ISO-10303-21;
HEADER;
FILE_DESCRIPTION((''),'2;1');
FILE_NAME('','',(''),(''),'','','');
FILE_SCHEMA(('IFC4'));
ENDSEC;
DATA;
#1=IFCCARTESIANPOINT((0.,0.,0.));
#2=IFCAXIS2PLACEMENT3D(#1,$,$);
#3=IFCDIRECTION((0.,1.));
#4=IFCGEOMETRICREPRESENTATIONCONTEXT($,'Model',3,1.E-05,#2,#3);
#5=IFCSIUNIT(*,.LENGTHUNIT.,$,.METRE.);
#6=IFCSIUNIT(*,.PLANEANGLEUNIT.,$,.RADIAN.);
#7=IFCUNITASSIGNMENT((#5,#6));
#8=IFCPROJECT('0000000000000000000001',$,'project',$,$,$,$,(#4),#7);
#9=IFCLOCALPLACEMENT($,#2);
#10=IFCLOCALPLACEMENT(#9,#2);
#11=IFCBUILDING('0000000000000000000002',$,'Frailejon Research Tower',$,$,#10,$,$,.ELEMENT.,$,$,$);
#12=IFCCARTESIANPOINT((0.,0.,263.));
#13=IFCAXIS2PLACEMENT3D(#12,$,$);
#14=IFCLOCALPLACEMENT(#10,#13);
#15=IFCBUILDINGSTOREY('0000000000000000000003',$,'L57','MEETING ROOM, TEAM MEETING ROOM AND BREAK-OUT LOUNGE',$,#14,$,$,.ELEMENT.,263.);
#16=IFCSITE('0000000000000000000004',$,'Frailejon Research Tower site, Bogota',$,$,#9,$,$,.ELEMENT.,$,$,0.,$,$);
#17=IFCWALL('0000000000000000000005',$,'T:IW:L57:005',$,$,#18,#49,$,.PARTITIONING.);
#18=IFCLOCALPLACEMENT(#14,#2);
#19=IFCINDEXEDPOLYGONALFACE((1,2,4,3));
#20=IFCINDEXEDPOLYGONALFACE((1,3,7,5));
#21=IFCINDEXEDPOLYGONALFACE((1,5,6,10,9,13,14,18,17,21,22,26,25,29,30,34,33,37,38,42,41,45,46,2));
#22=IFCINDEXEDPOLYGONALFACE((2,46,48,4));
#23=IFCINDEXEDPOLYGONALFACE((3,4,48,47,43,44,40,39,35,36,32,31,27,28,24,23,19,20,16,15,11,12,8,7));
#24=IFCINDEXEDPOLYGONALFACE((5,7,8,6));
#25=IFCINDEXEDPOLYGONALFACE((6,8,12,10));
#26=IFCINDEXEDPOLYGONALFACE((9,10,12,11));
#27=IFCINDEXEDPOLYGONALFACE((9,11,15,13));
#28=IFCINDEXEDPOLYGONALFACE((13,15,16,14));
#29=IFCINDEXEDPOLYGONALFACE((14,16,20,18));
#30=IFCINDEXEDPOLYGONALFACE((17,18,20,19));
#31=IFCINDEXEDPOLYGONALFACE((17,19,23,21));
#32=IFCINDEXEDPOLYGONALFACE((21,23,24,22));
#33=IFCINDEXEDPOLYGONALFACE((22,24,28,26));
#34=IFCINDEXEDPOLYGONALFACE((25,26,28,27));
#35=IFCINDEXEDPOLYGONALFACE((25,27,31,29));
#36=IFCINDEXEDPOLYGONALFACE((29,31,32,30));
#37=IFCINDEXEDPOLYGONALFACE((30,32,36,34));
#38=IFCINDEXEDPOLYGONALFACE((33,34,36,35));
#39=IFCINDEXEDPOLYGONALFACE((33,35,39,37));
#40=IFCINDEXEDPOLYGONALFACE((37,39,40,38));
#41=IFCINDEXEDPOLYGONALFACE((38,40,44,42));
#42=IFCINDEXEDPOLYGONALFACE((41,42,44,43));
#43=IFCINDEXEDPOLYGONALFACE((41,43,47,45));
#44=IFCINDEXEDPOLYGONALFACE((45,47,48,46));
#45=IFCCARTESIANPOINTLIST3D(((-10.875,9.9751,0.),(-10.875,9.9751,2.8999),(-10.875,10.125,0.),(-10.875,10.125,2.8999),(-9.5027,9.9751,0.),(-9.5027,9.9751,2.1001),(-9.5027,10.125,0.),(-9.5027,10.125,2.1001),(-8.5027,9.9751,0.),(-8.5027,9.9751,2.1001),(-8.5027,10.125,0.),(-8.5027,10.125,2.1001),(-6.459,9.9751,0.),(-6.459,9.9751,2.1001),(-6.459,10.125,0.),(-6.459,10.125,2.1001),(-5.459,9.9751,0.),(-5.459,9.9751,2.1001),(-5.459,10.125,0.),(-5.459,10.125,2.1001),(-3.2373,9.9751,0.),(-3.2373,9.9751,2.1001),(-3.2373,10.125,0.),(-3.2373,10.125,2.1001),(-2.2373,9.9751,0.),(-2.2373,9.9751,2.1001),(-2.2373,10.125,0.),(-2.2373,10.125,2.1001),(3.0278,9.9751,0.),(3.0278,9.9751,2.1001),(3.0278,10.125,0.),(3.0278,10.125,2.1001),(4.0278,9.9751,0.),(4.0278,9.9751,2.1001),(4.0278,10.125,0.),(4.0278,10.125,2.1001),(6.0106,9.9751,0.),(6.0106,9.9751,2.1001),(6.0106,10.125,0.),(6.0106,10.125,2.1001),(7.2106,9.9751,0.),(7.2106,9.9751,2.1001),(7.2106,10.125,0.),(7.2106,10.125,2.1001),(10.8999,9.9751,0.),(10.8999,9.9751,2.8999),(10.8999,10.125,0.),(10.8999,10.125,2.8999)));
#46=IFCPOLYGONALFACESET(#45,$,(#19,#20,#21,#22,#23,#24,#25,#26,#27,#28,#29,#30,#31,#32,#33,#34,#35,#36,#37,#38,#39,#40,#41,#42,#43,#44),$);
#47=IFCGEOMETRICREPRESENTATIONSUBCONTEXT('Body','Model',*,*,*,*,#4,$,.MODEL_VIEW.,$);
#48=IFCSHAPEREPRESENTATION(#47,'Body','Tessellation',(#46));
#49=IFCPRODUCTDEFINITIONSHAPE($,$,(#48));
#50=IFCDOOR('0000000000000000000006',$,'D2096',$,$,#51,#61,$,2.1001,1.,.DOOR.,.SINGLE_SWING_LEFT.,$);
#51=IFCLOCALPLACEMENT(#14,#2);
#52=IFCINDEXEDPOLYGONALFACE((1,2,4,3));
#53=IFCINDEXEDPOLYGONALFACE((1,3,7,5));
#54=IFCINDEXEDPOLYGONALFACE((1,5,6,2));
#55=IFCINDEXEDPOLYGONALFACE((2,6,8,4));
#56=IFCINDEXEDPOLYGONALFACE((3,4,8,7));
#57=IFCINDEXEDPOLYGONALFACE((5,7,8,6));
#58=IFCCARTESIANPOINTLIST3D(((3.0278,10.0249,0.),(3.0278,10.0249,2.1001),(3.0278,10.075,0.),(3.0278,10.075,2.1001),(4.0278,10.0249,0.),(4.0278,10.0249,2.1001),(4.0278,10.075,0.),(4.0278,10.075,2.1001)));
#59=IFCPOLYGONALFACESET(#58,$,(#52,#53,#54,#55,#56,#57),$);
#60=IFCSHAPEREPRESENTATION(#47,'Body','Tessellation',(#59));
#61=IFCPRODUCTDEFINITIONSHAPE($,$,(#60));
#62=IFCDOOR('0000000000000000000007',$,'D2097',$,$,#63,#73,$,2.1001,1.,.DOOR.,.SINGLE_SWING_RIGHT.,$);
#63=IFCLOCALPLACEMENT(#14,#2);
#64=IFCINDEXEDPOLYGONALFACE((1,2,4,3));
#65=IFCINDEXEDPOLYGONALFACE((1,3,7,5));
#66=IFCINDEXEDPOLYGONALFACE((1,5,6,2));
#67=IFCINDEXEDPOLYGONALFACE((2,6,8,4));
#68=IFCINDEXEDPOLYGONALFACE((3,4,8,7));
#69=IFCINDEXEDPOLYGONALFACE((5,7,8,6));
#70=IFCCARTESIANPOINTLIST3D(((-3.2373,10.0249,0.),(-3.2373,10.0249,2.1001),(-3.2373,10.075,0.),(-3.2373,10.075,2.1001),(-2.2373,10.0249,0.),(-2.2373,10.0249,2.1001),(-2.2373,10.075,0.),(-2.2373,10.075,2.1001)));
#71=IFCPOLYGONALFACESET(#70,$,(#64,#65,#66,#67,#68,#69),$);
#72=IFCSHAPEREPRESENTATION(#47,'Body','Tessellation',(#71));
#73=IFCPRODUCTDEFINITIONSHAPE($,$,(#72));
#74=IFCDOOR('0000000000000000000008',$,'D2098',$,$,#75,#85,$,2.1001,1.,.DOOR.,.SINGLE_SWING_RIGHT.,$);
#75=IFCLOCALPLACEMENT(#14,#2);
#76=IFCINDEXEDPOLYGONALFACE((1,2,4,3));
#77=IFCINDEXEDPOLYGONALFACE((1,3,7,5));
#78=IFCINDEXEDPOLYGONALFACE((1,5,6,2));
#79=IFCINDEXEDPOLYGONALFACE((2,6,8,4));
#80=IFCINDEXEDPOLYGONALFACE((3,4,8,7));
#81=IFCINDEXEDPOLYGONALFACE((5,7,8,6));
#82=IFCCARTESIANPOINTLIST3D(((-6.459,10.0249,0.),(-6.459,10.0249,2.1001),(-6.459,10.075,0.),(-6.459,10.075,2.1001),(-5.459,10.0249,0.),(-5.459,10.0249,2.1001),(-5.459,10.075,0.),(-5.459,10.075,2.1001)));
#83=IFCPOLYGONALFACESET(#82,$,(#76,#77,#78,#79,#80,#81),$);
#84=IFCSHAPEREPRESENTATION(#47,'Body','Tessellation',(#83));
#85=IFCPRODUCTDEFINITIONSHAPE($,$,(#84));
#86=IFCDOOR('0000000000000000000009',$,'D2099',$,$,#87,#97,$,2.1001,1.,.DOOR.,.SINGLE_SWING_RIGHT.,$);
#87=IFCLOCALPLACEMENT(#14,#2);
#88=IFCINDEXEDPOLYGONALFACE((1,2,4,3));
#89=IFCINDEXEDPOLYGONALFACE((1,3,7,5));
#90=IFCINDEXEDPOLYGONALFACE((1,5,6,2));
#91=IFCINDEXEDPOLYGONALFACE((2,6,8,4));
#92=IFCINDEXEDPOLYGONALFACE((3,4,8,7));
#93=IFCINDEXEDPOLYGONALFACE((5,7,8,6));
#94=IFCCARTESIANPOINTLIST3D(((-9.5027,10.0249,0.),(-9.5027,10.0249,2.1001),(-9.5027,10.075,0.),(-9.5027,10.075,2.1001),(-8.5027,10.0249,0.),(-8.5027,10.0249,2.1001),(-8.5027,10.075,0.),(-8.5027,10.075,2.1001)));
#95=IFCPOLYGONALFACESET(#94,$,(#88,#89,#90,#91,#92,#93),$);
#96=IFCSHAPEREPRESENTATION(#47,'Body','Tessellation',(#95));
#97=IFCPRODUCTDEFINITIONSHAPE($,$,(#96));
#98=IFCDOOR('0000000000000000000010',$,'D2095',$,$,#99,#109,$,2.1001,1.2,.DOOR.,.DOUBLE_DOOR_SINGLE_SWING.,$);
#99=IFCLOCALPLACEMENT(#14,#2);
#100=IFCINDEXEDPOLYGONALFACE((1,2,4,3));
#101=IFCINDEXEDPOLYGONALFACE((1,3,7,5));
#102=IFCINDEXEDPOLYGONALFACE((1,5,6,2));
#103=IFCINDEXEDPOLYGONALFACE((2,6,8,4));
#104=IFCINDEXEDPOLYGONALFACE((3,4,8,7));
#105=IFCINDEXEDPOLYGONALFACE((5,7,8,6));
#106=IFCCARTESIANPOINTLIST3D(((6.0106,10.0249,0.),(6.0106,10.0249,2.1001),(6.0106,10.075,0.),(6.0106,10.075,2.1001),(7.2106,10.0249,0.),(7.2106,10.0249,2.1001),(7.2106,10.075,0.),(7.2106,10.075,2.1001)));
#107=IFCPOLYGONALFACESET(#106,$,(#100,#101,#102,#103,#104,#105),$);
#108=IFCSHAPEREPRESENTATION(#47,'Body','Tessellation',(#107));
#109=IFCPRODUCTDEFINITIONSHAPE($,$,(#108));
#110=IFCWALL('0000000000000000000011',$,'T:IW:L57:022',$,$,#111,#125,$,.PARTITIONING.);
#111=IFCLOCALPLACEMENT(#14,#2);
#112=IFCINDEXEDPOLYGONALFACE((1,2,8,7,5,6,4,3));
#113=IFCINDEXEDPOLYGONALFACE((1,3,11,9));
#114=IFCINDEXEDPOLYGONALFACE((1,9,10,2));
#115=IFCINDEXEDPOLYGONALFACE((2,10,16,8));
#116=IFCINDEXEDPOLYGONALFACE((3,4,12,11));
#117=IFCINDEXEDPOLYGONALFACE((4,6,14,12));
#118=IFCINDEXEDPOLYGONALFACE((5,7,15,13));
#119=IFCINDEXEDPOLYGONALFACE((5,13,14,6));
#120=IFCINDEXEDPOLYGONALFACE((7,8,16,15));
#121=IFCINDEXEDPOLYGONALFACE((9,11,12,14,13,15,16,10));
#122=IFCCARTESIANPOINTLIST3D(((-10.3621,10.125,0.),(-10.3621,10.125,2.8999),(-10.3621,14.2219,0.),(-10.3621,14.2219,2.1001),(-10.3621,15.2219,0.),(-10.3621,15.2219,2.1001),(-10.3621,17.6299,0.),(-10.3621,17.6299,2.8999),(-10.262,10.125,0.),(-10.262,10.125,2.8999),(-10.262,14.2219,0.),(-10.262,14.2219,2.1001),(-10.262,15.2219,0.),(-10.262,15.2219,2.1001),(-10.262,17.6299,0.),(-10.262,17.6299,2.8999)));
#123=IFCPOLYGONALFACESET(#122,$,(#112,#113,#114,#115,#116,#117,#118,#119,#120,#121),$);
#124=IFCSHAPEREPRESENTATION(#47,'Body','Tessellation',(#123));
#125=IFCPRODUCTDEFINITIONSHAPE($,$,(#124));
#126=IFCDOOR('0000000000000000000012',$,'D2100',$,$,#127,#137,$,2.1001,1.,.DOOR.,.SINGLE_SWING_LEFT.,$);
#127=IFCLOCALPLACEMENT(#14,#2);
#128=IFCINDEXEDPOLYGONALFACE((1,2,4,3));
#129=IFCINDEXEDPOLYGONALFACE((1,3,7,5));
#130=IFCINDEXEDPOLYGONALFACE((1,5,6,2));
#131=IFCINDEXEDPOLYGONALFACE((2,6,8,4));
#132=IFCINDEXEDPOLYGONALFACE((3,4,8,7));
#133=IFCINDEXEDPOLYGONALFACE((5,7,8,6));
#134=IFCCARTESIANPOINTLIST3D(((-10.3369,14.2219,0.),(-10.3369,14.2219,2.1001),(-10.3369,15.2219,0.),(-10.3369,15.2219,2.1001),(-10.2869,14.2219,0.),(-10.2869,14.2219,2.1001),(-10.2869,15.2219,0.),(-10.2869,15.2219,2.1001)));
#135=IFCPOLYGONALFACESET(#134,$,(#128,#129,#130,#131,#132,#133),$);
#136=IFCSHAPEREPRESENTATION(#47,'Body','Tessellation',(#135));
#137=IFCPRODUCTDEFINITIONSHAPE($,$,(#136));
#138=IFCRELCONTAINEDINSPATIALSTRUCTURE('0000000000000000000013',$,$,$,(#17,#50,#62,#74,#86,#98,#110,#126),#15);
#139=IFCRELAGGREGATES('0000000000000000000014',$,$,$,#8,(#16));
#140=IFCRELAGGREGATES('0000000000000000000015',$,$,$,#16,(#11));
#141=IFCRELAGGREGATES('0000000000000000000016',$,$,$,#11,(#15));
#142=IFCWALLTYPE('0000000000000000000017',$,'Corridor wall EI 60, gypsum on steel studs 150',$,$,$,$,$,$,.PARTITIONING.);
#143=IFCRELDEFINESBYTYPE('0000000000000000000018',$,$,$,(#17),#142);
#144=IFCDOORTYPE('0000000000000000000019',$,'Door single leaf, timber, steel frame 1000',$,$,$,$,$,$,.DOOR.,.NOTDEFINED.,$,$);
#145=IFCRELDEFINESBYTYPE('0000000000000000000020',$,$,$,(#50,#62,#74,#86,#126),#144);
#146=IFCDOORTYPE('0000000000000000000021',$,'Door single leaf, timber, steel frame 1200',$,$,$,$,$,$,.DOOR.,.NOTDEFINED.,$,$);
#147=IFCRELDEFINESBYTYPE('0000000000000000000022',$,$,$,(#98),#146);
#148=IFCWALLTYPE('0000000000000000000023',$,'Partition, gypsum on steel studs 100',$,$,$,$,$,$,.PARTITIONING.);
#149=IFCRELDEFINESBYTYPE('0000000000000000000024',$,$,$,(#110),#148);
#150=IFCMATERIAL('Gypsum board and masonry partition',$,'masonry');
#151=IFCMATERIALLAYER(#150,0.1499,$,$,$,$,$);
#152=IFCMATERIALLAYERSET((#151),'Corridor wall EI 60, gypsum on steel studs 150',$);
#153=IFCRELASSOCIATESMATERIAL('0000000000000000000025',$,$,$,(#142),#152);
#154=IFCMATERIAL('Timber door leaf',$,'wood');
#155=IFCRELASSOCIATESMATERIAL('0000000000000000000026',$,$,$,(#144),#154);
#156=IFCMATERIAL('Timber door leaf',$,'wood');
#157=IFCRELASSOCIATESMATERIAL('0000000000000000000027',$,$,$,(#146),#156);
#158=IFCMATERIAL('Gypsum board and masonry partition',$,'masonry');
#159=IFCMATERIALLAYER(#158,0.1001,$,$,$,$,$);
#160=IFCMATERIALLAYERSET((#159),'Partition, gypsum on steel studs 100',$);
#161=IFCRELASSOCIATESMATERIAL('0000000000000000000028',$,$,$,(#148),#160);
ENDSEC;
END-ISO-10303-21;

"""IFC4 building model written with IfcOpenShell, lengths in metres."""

from ifc_helpers import new_model, si_unit, direction, frame, frame_2d, origin, place, context, subcontext, project, spatial, rectangle, extrude, material, layer, layer_set, type_object, element, fill, save


model = new_model("IFC4")

# Units and contexts
model_context = context("Model", 3, precision=1e-05, world=origin(), true_north=direction((0.0, 1.0)))
body_context = subcontext(model_context, "Body", "Model", "MODEL_VIEW")
ifc_project = project(units=[si_unit("LENGTHUNIT", "METRE"), si_unit("PLANEANGLEUNIT", "RADIAN")], contexts=[model_context])

# Site, building, storey
site_placement = place(None, origin())
site = spatial("IfcSite", under=ifc_project, at=site_placement, Name="Frailejon Research Tower site, Bogota", CompositionType="ELEMENT", RefElevation=0.0)
building_placement = place(site_placement, origin())
building = spatial("IfcBuilding", under=site, at=building_placement, Name="Frailejon Research Tower", CompositionType="ELEMENT")
storey_placement = place(building_placement, frame((0.0, 0.0, 263.0)))
storey = spatial("IfcBuildingStorey", under=building, at=storey_placement, Name="L57", Description="MEETING ROOM, TEAM MEETING ROOM AND BREAK-OUT LOUNGE", CompositionType="ELEMENT", Elevation=263.0)

# Wall, openings, doors
ifc_material_1 = material(Name="Gypsum board and masonry partition", Category="masonry")
ifc_layer_1 = layer(ifc_material_1, 0.1499)
ifc_layer_set_1 = layer_set([ifc_layer_1], Name="Corridor wall EI 60, gypsum on steel studs 150")
wall_type_1 = type_object("IfcWallType", Name="Corridor wall EI 60, gypsum on steel studs 150", PredefinedType="PARTITIONING", material=ifc_layer_set_1)
wall_1_placement = place(storey_placement, frame((-10.875, 10.05, 0.0), z_axis=(0.0, 0.0, 1.0), x_axis=(1.0, 0.0, 0.0)))
wall_1 = element("IfcWall", 1, at=wall_1_placement, inside=storey, type_object=wall_type_1, Name="T:IW:L57:005", PredefinedType="PARTITIONING", context=body_context, shape_type="SweptSolid", body=[
    extrude(rectangle(XDim=21.7749, YDim=0.1499, at=frame_2d((10.8875, 0.0))), origin(), (0.0, 0.0, 1.0), 2.8999),
])
opening_1_placement = place(wall_1_placement, frame((16.8855, 0.0, 0.0)))
opening_1 = element("IfcOpeningElement", 2, at=opening_1_placement, cuts=wall_1, PredefinedType="OPENING", context=body_context, shape_type="SweptSolid", body=[
    extrude(rectangle(XDim=1.2, YDim=2.1001, at=frame_2d((0.6001, 1.05))), frame((0.0, 0.085, 0.0), z_axis=(0.0, -1.0, 0.0), x_axis=(1.0, 0.0, 0.0)), (0.0, 0.0, 1.0), 0.1699),
])
opening_2_placement = place(wall_1_placement, frame((13.9028, 0.0, 0.0)))
opening_2 = element("IfcOpeningElement", 3, at=opening_2_placement, cuts=wall_1, PredefinedType="OPENING", context=body_context, shape_type="SweptSolid", body=[
    extrude(rectangle(XDim=1.0, YDim=2.1001, at=frame_2d((0.5, 1.05))), frame((0.0, 0.085, 0.0), z_axis=(0.0, -1.0, 0.0), x_axis=(1.0, 0.0, 0.0)), (0.0, 0.0, 1.0), 0.1699),
])
opening_3_placement = place(wall_1_placement, frame((7.6377, 0.0, 0.0)))
opening_3 = element("IfcOpeningElement", 4, at=opening_3_placement, cuts=wall_1, PredefinedType="OPENING", context=body_context, shape_type="SweptSolid", body=[
    extrude(rectangle(XDim=1.0, YDim=2.1001, at=frame_2d((0.5, 1.05))), frame((0.0, 0.085, 0.0), z_axis=(0.0, -1.0, 0.0), x_axis=(1.0, 0.0, 0.0)), (0.0, 0.0, 1.0), 0.1699),
])
opening_4_placement = place(wall_1_placement, frame((4.416, 0.0, 0.0)))
opening_4 = element("IfcOpeningElement", 5, at=opening_4_placement, cuts=wall_1, PredefinedType="OPENING", context=body_context, shape_type="SweptSolid", body=[
    extrude(rectangle(XDim=1.0, YDim=2.1001, at=frame_2d((0.5, 1.05))), frame((0.0, 0.085, 0.0), z_axis=(0.0, -1.0, 0.0), x_axis=(1.0, 0.0, 0.0)), (0.0, 0.0, 1.0), 0.1699),
])
opening_5_placement = place(wall_1_placement, frame((1.3723, 0.0, 0.0)))
opening_5 = element("IfcOpeningElement", 6, at=opening_5_placement, cuts=wall_1, PredefinedType="OPENING", context=body_context, shape_type="SweptSolid", body=[
    extrude(rectangle(XDim=1.0, YDim=2.1001, at=frame_2d((0.5, 1.05))), frame((0.0, 0.085, 0.0), z_axis=(0.0, -1.0, 0.0), x_axis=(1.0, 0.0, 0.0)), (0.0, 0.0, 1.0), 0.1699),
])
ifc_material_2 = material(Name="Timber door leaf", Category="wood")
door_type_1 = type_object("IfcDoorType", Name="Door single leaf, timber, steel frame 1000", OperationType="NOTDEFINED", PredefinedType="DOOR", material=ifc_material_2)
door_1_placement = place(opening_2_placement, origin())
door_1 = element("IfcDoor", 7, at=door_1_placement, inside=storey, type_object=door_type_1, Name="D2096", OperationType="SINGLE_SWING_LEFT", OverallHeight=2.1001, OverallWidth=1.0, PredefinedType="DOOR", context=body_context, shape_type="SweptSolid", body=[
    extrude(rectangle(XDim=1.0, YDim=2.1001, at=frame_2d((0.5, 1.05))), frame((0.0, 0.0249, 0.0), z_axis=(0.0, -1.0, 0.0), x_axis=(1.0, 0.0, 0.0)), (0.0, 0.0, 1.0), 0.05),
])
fill(opening_2, door_1)
door_2_placement = place(opening_3_placement, origin())
door_2 = element("IfcDoor", 8, at=door_2_placement, inside=storey, type_object=door_type_1, Name="D2097", OperationType="SINGLE_SWING_RIGHT", OverallHeight=2.1001, OverallWidth=1.0, PredefinedType="DOOR", context=body_context, shape_type="SweptSolid", body=[
    extrude(rectangle(XDim=1.0, YDim=2.1001, at=frame_2d((0.5, 1.05))), frame((0.0, 0.0249, 0.0), z_axis=(0.0, -1.0, 0.0), x_axis=(1.0, 0.0, 0.0)), (0.0, 0.0, 1.0), 0.05),
])
fill(opening_3, door_2)
door_3_placement = place(opening_4_placement, origin())
door_3 = element("IfcDoor", 9, at=door_3_placement, inside=storey, type_object=door_type_1, Name="D2098", OperationType="SINGLE_SWING_RIGHT", OverallHeight=2.1001, OverallWidth=1.0, PredefinedType="DOOR", context=body_context, shape_type="SweptSolid", body=[
    extrude(rectangle(XDim=1.0, YDim=2.1001, at=frame_2d((0.5, 1.05))), frame((0.0, 0.0249, 0.0), z_axis=(0.0, -1.0, 0.0), x_axis=(1.0, 0.0, 0.0)), (0.0, 0.0, 1.0), 0.05),
])
fill(opening_4, door_3)
door_4_placement = place(opening_5_placement, origin())
door_4 = element("IfcDoor", 10, at=door_4_placement, inside=storey, type_object=door_type_1, Name="D2099", OperationType="SINGLE_SWING_RIGHT", OverallHeight=2.1001, OverallWidth=1.0, PredefinedType="DOOR", context=body_context, shape_type="SweptSolid", body=[
    extrude(rectangle(XDim=1.0, YDim=2.1001, at=frame_2d((0.5, 1.05))), frame((0.0, 0.0249, 0.0), z_axis=(0.0, -1.0, 0.0), x_axis=(1.0, 0.0, 0.0)), (0.0, 0.0, 1.0), 0.05),
])
fill(opening_5, door_4)
ifc_material_3 = material(Name="Timber door leaf", Category="wood")
door_type_2 = type_object("IfcDoorType", Name="Door single leaf, timber, steel frame 1200", OperationType="NOTDEFINED", PredefinedType="DOOR", material=ifc_material_3)
door_5_placement = place(opening_1_placement, origin())
door_5 = element("IfcDoor", 11, at=door_5_placement, inside=storey, type_object=door_type_2, Name="D2095", OperationType="DOUBLE_DOOR_SINGLE_SWING", OverallHeight=2.1001, OverallWidth=1.2, PredefinedType="DOOR", context=body_context, shape_type="SweptSolid", body=[
    extrude(rectangle(XDim=1.2, YDim=2.1001, at=frame_2d((0.6001, 1.05))), frame((0.0, 0.0249, 0.0), z_axis=(0.0, -1.0, 0.0), x_axis=(1.0, 0.0, 0.0)), (0.0, 0.0, 1.0), 0.05),
])
fill(opening_1, door_5)

# Shared definitions
ifc_material_4 = material(Name="Gypsum board and masonry partition", Category="masonry")
ifc_layer_2 = layer(ifc_material_4, 0.1001)
ifc_layer_set_2 = layer_set([ifc_layer_2], Name="Partition, gypsum on steel studs 100")
wall_type_2 = type_object("IfcWallType", Name="Partition, gypsum on steel studs 100", PredefinedType="PARTITIONING", material=ifc_layer_set_2)

# Wall, opening, door
wall_2_placement = place(storey_placement, frame((-10.312, 10.125, 0.0), z_axis=(0.0, 0.0, 1.0), x_axis=(0.0, 1.0, 0.0)))
wall_2 = element("IfcWall", 12, at=wall_2_placement, inside=storey, type_object=wall_type_2, Name="T:IW:L57:022", PredefinedType="PARTITIONING", context=body_context, shape_type="SweptSolid", body=[
    extrude(rectangle(XDim=7.5049, YDim=0.1001, at=frame_2d((3.7524, 0.0))), origin(), (0.0, 0.0, 1.0), 2.8999),
])
opening_6_placement = place(wall_2_placement, frame((4.0969, 0.0, 0.0)))
opening_6 = element("IfcOpeningElement", 13, at=opening_6_placement, cuts=wall_2, PredefinedType="OPENING", context=body_context, shape_type="SweptSolid", body=[
    extrude(rectangle(XDim=1.0, YDim=2.1001, at=frame_2d((0.5, 1.05))), frame((0.0, 0.0601, 0.0), z_axis=(0.0, -1.0, 0.0), x_axis=(1.0, 0.0, 0.0)), (0.0, 0.0, 1.0), 0.1201),
])
door_6_placement = place(opening_6_placement, origin())
door_6 = element("IfcDoor", 14, at=door_6_placement, inside=storey, type_object=door_type_1, Name="D2100", OperationType="SINGLE_SWING_LEFT", OverallHeight=2.1001, OverallWidth=1.0, PredefinedType="DOOR", context=body_context, shape_type="SweptSolid", body=[
    extrude(rectangle(XDim=1.0, YDim=2.1001, at=frame_2d((0.5, 1.05))), frame((0.0, 0.0249, 0.0), z_axis=(0.0, -1.0, 0.0), x_axis=(1.0, 0.0, 0.0)), (0.0, 0.0, 1.0), 0.05),
])
fill(opening_6, door_6)

save(model, "model.ifc")
